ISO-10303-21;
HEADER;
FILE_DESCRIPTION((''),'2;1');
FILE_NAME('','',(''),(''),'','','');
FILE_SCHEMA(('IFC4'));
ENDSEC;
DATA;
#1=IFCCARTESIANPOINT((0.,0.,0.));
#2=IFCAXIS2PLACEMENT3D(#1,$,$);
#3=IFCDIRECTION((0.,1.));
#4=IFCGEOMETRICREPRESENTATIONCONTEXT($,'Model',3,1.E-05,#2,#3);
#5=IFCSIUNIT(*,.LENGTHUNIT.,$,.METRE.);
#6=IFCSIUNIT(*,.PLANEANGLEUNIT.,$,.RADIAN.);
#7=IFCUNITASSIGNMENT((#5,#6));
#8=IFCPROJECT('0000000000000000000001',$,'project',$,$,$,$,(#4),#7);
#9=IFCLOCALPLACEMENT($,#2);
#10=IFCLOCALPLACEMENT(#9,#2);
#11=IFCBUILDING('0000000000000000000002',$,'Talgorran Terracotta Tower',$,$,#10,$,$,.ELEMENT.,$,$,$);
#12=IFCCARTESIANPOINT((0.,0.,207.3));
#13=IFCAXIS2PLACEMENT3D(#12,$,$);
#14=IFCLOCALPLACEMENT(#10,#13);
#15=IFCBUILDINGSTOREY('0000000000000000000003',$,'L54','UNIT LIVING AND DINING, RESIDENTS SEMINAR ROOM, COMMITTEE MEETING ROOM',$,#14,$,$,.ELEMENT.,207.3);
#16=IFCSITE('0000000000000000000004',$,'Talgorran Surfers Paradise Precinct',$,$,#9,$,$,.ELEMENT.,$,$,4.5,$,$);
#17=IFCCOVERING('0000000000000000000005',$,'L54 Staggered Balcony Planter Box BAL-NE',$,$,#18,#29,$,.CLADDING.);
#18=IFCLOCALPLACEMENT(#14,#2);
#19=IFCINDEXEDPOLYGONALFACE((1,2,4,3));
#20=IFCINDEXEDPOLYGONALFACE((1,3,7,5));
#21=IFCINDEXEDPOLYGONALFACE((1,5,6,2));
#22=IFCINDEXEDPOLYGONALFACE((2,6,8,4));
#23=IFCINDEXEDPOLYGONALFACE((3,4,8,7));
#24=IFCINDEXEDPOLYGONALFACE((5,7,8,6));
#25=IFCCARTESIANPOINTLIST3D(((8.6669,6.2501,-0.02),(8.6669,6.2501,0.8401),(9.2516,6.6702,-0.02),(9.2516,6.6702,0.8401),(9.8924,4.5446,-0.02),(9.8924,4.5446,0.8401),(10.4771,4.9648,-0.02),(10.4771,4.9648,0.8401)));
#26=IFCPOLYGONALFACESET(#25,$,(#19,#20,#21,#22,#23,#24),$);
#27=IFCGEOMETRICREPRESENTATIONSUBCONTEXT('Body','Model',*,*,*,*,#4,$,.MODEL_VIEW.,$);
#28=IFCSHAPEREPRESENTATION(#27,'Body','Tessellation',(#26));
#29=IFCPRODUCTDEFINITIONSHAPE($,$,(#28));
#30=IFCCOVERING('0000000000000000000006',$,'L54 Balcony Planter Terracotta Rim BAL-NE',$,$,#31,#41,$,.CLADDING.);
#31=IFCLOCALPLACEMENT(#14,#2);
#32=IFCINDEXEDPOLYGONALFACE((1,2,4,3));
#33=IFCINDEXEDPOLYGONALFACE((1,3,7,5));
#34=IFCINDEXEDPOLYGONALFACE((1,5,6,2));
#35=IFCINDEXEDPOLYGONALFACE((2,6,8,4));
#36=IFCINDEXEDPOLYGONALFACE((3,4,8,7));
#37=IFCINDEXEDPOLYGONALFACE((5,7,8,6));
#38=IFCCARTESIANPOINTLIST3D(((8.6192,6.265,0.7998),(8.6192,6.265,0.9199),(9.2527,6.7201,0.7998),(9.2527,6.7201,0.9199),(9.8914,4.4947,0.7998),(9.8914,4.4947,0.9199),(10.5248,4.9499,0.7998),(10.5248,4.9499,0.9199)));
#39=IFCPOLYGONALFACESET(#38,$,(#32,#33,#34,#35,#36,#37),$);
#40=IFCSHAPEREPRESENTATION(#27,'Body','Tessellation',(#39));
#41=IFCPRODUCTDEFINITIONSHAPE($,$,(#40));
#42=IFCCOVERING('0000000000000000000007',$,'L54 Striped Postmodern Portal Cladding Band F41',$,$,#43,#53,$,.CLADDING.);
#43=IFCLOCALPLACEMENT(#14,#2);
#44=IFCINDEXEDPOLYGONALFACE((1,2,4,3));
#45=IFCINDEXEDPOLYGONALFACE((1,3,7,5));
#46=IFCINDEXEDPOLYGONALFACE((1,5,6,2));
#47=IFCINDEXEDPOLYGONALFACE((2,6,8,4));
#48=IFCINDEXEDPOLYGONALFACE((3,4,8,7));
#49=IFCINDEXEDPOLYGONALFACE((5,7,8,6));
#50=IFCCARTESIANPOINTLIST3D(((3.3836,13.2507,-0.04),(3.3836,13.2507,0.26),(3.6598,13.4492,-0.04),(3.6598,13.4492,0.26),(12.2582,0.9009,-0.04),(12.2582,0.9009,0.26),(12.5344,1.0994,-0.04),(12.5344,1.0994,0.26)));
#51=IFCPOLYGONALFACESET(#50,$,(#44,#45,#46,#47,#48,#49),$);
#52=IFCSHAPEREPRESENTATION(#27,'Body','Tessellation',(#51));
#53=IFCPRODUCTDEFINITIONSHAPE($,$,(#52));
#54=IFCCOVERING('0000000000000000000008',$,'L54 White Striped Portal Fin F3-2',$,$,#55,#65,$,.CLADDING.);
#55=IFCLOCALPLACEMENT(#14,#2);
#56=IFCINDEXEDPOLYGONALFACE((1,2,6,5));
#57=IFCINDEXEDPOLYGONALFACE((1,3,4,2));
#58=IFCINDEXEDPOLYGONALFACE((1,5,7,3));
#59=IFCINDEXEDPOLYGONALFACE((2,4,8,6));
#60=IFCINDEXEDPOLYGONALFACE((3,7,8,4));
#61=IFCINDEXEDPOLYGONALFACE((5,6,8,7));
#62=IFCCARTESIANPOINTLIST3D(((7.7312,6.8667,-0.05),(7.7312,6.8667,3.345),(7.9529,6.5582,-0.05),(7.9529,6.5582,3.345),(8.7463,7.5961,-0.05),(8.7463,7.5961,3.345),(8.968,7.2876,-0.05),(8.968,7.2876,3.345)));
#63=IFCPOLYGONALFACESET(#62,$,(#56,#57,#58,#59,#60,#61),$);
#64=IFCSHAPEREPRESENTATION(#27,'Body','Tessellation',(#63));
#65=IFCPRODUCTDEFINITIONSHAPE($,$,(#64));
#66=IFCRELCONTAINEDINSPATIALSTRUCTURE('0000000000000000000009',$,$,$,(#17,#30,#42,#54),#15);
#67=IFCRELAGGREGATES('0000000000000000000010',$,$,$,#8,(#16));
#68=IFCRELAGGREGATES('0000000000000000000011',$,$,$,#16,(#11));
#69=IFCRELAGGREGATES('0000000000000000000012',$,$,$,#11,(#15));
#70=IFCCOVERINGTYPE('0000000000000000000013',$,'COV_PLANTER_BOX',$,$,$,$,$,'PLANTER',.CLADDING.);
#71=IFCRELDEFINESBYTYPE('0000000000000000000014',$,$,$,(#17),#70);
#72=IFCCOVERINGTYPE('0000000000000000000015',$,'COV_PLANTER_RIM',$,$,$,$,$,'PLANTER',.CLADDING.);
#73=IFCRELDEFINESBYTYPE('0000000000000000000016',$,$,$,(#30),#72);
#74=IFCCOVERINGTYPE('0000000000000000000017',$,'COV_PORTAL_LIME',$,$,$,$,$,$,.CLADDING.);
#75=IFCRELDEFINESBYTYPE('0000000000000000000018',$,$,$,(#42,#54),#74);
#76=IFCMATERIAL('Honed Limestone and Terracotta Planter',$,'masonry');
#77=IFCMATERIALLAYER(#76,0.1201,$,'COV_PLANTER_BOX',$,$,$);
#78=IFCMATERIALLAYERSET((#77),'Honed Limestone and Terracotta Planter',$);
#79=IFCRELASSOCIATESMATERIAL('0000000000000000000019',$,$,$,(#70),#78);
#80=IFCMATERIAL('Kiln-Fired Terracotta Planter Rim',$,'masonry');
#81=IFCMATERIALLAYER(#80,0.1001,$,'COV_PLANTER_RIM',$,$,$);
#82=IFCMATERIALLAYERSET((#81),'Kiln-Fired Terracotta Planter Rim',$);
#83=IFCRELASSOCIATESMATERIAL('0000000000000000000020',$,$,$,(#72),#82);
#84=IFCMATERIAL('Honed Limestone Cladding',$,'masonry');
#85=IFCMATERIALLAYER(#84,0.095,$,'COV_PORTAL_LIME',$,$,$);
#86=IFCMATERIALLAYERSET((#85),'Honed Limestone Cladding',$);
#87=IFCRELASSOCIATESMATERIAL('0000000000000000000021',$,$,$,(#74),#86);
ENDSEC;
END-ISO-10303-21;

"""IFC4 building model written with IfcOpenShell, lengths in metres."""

from ifc_helpers import new_model, si_unit, direction, frame, origin, origin_2d, place, context, subcontext, project, spatial, rectangle, extrude, material, layer, layer_set, type_object, element, save


model = new_model("IFC4")

# Units and contexts
model_context = context("Model", 3, precision=1e-05, world=origin(), true_north=direction((0.0, 1.0)))
body_context = subcontext(model_context, "Body", "Model", "MODEL_VIEW")
ifc_project = project(units=[si_unit("LENGTHUNIT", "METRE"), si_unit("PLANEANGLEUNIT", "RADIAN")], contexts=[model_context])

# Site, building, storey
site_placement = place(None, origin())
site = spatial("IfcSite", under=ifc_project, at=site_placement, Name="Talgorran Surfers Paradise Precinct", CompositionType="ELEMENT", RefElevation=4.5)
building_placement = place(site_placement, origin())
building = spatial("IfcBuilding", under=site, at=building_placement, Name="Talgorran Terracotta Tower", CompositionType="ELEMENT")
storey_placement = place(building_placement, frame((0.0, 0.0, 207.3)))
storey = spatial("IfcBuildingStorey", under=building, at=storey_placement, Name="L54", Description="UNIT LIVING AND DINING, RESIDENTS SEMINAR ROOM, COMMITTEE MEETING ROOM", CompositionType="ELEMENT", Elevation=207.3)

# Coverings
ifc_material_1 = material(Name="Honed Limestone and Terracotta Planter", Category="masonry")
ifc_layer_1 = layer(ifc_material_1, 0.1201, Name="COV_PLANTER_BOX")
ifc_layer_set_1 = layer_set([ifc_layer_1], Name="Honed Limestone and Terracotta Planter")
covering_type_1 = type_object("IfcCoveringType", Name="COV_PLANTER_BOX", ElementType="PLANTER", PredefinedType="CLADDING", material=ifc_layer_set_1)
covering_1_placement = place(storey_placement, frame((9.572, 5.6074, -0.02), z_axis=(0.0, 0.0, 1.0), x_axis=(-0.583555, 0.812073, 0.0)))
element("IfcCovering", 1, at=covering_1_placement, inside=storey, type_object=covering_type_1, Name="L54 Staggered Balcony Planter Box BAL-NE", PredefinedType="CLADDING", context=body_context, shape_type="SweptSolid", body=[
    extrude(rectangle(XDim=2.1001, YDim=0.72, at=origin_2d()), origin(), (0.0, 0.0, 1.0), 0.8601),
])
ifc_material_2 = material(Name="Kiln-Fired Terracotta Planter Rim", Category="masonry")
ifc_layer_2 = layer(ifc_material_2, 0.1001, Name="COV_PLANTER_RIM")
ifc_layer_set_2 = layer_set([ifc_layer_2], Name="Kiln-Fired Terracotta Planter Rim")
covering_type_2 = type_object("IfcCoveringType", Name="COV_PLANTER_RIM", ElementType="PLANTER", PredefinedType="CLADDING", material=ifc_layer_set_2)
covering_2_placement = place(storey_placement, frame((9.572, 5.6074, 0.7998), z_axis=(0.0, 0.0, 1.0), x_axis=(-0.583555, 0.812073, 0.0)))
element("IfcCovering", 2, at=covering_2_placement, inside=storey, type_object=covering_type_2, Name="L54 Balcony Planter Terracotta Rim BAL-NE", PredefinedType="CLADDING", context=body_context, shape_type="SweptSolid", body=[
    extrude(rectangle(XDim=2.1799, YDim=0.78, at=origin_2d()), origin(), (0.0, 0.0, 1.0), 0.1201),
])
ifc_material_3 = material(Name="Honed Limestone Cladding", Category="masonry")
ifc_layer_3 = layer(ifc_material_3, 0.095, Name="COV_PORTAL_LIME")
ifc_layer_set_3 = layer_set([ifc_layer_3], Name="Honed Limestone Cladding")
covering_type_3 = type_object("IfcCoveringType", Name="COV_PORTAL_LIME", PredefinedType="CLADDING", material=ifc_layer_set_3)
covering_3_placement = place(storey_placement, frame((7.959, 7.175, -0.04), z_axis=(0.0, 0.0, 1.0), x_axis=(-0.583555, 0.812073, 0.0)))
element("IfcCovering", 3, at=covering_3_placement, inside=storey, type_object=covering_type_3, Name="L54 Striped Postmodern Portal Cladding Band F41", PredefinedType="CLADDING", context=body_context, shape_type="SweptSolid", body=[
    extrude(rectangle(XDim=15.2078, YDim=0.3401, at=origin_2d()), origin(), (0.0, 0.0, 1.0), 0.3),
])
covering_4_placement = place(storey_placement, frame((8.3496, 7.0771, -0.05), z_axis=(0.0, 0.0, 1.0), x_axis=(-0.583555, 0.812073, 0.0)))
element("IfcCovering", 4, at=covering_4_placement, inside=storey, type_object=covering_type_3, Name="L54 White Striped Portal Fin F3-2", PredefinedType="CLADDING", context=body_context, shape_type="SweptSolid", body=[
    extrude(rectangle(XDim=0.3799, YDim=1.25, at=origin_2d()), origin(), (0.0, 0.0, 1.0), 3.395),
])

save(model, "model.ifc")
